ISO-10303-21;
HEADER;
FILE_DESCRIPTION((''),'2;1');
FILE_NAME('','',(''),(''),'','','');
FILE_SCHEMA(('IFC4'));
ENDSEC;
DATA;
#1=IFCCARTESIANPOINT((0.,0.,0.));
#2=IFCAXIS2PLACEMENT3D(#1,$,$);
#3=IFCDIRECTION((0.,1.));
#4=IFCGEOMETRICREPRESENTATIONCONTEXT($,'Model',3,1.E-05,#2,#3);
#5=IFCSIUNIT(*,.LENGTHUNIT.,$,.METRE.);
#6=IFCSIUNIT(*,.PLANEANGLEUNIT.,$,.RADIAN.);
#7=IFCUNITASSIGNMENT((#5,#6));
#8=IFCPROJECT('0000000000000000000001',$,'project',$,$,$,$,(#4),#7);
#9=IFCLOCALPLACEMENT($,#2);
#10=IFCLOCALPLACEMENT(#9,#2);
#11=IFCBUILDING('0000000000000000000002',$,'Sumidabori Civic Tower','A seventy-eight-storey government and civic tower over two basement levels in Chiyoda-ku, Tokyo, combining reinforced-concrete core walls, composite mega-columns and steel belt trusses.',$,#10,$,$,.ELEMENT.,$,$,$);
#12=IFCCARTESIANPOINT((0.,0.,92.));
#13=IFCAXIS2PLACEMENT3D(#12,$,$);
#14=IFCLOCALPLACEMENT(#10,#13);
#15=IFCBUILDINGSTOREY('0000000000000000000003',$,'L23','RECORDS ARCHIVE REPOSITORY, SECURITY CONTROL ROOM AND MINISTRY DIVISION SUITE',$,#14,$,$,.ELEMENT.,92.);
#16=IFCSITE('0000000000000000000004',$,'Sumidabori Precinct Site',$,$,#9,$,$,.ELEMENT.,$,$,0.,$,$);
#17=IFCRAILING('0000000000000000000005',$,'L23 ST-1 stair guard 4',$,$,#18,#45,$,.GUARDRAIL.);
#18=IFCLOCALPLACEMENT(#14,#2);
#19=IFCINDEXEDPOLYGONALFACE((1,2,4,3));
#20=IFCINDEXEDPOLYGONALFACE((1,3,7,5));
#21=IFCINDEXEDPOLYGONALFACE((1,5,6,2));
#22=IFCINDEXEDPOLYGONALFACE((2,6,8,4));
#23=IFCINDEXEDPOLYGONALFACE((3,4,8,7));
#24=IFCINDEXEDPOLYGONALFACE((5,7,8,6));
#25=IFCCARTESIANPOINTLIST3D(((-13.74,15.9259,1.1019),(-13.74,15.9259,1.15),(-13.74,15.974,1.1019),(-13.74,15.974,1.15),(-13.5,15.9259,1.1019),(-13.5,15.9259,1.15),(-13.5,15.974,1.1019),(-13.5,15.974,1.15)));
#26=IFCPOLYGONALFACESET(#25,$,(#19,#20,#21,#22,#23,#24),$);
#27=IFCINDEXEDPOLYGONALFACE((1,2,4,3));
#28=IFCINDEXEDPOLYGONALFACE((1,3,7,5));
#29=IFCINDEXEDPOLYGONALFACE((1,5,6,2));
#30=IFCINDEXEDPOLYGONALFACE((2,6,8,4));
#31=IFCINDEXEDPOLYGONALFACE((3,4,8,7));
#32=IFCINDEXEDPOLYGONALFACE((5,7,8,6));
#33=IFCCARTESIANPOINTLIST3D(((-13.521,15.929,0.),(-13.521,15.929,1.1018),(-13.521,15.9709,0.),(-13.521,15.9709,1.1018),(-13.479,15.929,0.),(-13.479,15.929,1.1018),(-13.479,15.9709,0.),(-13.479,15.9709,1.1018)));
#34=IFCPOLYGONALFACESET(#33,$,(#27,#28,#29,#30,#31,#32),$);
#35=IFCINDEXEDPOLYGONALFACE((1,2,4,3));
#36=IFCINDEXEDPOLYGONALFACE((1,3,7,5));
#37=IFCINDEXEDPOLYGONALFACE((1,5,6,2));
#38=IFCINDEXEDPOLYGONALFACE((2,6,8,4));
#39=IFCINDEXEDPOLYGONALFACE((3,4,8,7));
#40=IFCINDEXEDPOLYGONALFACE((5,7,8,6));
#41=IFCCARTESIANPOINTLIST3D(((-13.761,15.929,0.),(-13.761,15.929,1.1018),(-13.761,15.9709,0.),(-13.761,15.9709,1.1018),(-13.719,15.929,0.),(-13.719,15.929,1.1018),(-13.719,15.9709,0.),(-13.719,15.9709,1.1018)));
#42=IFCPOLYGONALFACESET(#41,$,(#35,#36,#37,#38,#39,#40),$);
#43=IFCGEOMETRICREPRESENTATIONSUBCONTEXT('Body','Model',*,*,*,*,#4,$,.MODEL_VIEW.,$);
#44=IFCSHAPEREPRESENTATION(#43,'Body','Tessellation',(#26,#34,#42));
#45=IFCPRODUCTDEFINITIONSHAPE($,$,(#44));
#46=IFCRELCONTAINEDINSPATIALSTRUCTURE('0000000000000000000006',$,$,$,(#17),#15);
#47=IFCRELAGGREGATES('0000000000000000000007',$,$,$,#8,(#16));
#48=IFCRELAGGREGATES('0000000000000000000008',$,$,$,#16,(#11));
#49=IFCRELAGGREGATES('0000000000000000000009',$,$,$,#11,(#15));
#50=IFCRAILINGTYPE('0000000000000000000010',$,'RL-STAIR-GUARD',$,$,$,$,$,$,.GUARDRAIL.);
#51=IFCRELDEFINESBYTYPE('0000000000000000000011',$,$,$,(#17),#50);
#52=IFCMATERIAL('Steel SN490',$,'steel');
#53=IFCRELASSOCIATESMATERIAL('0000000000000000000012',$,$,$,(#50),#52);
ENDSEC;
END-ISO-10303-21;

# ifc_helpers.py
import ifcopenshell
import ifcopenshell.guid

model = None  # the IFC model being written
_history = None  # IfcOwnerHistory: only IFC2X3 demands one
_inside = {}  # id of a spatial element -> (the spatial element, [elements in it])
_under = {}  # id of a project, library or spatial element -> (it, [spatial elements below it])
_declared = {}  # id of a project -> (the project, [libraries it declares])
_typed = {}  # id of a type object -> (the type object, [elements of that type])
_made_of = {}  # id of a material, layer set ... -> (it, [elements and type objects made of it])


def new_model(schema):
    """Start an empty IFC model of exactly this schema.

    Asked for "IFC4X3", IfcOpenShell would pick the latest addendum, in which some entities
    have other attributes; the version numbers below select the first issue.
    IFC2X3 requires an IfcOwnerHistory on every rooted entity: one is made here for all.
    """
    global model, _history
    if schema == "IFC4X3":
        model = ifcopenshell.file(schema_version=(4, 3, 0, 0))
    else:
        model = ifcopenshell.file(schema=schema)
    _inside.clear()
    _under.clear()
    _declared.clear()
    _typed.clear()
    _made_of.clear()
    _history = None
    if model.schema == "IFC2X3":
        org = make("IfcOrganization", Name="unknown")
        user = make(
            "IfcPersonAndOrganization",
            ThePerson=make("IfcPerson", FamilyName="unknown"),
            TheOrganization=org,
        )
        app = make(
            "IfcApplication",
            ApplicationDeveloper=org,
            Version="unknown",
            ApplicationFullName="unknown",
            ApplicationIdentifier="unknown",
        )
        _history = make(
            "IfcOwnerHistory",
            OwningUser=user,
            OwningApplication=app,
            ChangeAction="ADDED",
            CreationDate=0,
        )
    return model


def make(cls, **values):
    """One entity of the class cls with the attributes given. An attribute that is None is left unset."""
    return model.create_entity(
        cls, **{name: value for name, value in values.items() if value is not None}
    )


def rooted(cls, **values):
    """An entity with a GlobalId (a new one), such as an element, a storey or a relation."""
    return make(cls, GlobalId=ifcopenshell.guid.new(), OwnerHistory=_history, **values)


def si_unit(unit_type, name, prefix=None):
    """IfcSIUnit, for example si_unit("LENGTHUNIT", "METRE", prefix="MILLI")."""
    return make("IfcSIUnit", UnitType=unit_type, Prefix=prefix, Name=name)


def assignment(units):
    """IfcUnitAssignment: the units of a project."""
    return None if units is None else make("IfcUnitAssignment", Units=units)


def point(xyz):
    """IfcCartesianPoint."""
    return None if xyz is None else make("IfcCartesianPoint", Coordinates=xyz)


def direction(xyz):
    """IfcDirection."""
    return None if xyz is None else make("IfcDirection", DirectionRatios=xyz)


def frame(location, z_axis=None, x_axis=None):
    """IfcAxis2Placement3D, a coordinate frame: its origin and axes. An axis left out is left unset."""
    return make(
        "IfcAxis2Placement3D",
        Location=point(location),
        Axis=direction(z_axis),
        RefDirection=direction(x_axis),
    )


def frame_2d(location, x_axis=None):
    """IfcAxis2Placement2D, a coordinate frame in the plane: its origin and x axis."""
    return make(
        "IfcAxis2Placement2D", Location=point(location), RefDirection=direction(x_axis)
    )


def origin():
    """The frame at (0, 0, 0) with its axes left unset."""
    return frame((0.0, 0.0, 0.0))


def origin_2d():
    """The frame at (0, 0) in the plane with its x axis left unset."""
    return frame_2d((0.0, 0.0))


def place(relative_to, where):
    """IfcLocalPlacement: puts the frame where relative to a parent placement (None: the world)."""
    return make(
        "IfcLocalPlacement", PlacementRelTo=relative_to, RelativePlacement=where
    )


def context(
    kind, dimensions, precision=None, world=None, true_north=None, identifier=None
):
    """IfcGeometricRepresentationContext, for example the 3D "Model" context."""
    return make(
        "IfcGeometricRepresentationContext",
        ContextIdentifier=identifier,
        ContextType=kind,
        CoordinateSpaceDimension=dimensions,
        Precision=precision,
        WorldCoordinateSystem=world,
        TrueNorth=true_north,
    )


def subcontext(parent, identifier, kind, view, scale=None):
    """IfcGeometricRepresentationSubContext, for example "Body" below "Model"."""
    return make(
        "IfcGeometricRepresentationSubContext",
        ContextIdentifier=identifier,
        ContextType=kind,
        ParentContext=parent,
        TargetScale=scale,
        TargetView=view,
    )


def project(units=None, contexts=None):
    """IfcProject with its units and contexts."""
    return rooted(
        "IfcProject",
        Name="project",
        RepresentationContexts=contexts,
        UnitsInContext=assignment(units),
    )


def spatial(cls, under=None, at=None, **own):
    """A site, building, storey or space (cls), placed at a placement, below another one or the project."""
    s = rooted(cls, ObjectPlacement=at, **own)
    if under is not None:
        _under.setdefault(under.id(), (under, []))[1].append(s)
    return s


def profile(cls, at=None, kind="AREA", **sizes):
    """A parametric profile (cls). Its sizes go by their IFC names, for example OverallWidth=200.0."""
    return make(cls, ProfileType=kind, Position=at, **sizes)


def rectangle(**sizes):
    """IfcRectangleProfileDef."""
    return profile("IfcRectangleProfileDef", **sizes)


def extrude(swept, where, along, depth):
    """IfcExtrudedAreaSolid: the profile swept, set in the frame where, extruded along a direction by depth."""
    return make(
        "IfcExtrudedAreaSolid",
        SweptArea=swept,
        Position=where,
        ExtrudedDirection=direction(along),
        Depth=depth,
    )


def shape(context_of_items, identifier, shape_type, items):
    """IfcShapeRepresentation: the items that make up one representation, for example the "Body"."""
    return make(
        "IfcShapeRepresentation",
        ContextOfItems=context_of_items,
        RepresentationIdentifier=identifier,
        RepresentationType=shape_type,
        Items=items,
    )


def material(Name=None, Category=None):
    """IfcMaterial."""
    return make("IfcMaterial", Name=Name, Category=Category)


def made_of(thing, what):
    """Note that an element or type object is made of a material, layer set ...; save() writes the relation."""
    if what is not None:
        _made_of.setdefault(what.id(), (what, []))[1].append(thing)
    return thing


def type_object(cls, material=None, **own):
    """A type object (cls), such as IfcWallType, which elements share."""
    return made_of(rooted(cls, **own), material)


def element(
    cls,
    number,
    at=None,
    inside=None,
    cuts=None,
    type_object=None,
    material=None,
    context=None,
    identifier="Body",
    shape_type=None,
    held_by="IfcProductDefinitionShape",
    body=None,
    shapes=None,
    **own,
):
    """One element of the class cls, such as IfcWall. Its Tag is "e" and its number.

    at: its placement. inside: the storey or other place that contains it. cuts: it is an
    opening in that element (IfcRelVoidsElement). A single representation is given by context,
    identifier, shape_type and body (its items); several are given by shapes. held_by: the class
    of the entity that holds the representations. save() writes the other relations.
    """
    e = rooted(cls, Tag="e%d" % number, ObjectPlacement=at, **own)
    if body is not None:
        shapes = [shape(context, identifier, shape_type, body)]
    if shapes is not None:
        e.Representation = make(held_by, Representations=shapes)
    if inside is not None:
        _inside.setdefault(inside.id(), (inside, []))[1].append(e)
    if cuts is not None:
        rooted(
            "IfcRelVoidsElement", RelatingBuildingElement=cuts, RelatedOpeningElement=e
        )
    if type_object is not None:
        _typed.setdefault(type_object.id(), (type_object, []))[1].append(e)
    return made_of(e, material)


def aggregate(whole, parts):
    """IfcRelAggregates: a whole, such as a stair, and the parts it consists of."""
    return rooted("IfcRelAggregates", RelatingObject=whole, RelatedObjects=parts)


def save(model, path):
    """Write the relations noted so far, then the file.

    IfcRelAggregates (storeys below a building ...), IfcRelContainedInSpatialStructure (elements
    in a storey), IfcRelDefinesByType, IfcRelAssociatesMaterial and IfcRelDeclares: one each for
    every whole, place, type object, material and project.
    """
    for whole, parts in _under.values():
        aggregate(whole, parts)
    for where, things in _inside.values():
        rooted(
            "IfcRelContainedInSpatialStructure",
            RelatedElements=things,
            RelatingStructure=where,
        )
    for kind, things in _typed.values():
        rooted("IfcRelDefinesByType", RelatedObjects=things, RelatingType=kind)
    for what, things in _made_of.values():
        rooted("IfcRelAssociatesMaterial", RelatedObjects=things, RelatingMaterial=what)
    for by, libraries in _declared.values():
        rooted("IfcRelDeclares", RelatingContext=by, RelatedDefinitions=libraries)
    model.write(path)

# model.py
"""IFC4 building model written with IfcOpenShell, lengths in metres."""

from ifc_helpers import new_model, si_unit, direction, frame, origin, origin_2d, place, context, subcontext, project, spatial, rectangle, extrude, material, type_object, element, save


model = new_model("IFC4")

# Units and contexts
model_context = context("Model", 3, precision=1e-05, world=origin(), true_north=direction((0.0, 1.0)))
body_context = subcontext(model_context, "Body", "Model", "MODEL_VIEW")
ifc_project = project(units=[si_unit("LENGTHUNIT", "METRE"), si_unit("PLANEANGLEUNIT", "RADIAN")], contexts=[model_context])

# Site, building, storey
site_placement = place(None, origin())
site = spatial("IfcSite", under=ifc_project, at=site_placement, Name="Sumidabori Precinct Site", CompositionType="ELEMENT", RefElevation=0.0)
building_placement = place(site_placement, origin())
building = spatial("IfcBuilding", under=site, at=building_placement, Name="Sumidabori Civic Tower", Description="A seventy-eight-storey government and civic tower over two basement levels in Chiyoda-ku, Tokyo, combining reinforced-concrete core walls, composite mega-columns and steel belt trusses.", CompositionType="ELEMENT")
storey_placement = place(building_placement, frame((0.0, 0.0, 92.0)))
storey = spatial("IfcBuildingStorey", under=building, at=storey_placement, Name="L23", Description="RECORDS ARCHIVE REPOSITORY, SECURITY CONTROL ROOM AND MINISTRY DIVISION SUITE", CompositionType="ELEMENT", Elevation=92.0)

# Shared definitions
ifc_material_1 = material(Name="Steel SN490", Category="steel")

# Railing
railing_type = type_object("IfcRailingType", Name="RL-STAIR-GUARD", PredefinedType="GUARDRAIL", material=ifc_material_1)
railing_1_placement = place(storey_placement, frame((-13.5, 15.95, 0.0)))
element("IfcRailing", 1, at=railing_1_placement, inside=storey, type_object=railing_type, Name="L23 ST-1 stair guard 4", PredefinedType="GUARDRAIL", context=body_context, shape_type="SweptSolid", body=[
    extrude(rectangle(XDim=0.0481, YDim=0.0481, at=origin_2d()), frame((0.0, 0.0, 1.126), z_axis=(-1.0, 0.0, 0.0), x_axis=(0.0, -1.0, 0.0)), (0.0, 0.0, 1.0), 0.24),
    extrude(rectangle(XDim=0.042, YDim=0.042, at=origin_2d()), origin(), (0.0, 0.0, 1.0), 1.1018),
    extrude(rectangle(XDim=0.042, YDim=0.042, at=origin_2d()), frame((-0.24, 0.0, 0.0)), (0.0, 0.0, 1.0), 1.1018),
])

save(model, "model.ifc")
